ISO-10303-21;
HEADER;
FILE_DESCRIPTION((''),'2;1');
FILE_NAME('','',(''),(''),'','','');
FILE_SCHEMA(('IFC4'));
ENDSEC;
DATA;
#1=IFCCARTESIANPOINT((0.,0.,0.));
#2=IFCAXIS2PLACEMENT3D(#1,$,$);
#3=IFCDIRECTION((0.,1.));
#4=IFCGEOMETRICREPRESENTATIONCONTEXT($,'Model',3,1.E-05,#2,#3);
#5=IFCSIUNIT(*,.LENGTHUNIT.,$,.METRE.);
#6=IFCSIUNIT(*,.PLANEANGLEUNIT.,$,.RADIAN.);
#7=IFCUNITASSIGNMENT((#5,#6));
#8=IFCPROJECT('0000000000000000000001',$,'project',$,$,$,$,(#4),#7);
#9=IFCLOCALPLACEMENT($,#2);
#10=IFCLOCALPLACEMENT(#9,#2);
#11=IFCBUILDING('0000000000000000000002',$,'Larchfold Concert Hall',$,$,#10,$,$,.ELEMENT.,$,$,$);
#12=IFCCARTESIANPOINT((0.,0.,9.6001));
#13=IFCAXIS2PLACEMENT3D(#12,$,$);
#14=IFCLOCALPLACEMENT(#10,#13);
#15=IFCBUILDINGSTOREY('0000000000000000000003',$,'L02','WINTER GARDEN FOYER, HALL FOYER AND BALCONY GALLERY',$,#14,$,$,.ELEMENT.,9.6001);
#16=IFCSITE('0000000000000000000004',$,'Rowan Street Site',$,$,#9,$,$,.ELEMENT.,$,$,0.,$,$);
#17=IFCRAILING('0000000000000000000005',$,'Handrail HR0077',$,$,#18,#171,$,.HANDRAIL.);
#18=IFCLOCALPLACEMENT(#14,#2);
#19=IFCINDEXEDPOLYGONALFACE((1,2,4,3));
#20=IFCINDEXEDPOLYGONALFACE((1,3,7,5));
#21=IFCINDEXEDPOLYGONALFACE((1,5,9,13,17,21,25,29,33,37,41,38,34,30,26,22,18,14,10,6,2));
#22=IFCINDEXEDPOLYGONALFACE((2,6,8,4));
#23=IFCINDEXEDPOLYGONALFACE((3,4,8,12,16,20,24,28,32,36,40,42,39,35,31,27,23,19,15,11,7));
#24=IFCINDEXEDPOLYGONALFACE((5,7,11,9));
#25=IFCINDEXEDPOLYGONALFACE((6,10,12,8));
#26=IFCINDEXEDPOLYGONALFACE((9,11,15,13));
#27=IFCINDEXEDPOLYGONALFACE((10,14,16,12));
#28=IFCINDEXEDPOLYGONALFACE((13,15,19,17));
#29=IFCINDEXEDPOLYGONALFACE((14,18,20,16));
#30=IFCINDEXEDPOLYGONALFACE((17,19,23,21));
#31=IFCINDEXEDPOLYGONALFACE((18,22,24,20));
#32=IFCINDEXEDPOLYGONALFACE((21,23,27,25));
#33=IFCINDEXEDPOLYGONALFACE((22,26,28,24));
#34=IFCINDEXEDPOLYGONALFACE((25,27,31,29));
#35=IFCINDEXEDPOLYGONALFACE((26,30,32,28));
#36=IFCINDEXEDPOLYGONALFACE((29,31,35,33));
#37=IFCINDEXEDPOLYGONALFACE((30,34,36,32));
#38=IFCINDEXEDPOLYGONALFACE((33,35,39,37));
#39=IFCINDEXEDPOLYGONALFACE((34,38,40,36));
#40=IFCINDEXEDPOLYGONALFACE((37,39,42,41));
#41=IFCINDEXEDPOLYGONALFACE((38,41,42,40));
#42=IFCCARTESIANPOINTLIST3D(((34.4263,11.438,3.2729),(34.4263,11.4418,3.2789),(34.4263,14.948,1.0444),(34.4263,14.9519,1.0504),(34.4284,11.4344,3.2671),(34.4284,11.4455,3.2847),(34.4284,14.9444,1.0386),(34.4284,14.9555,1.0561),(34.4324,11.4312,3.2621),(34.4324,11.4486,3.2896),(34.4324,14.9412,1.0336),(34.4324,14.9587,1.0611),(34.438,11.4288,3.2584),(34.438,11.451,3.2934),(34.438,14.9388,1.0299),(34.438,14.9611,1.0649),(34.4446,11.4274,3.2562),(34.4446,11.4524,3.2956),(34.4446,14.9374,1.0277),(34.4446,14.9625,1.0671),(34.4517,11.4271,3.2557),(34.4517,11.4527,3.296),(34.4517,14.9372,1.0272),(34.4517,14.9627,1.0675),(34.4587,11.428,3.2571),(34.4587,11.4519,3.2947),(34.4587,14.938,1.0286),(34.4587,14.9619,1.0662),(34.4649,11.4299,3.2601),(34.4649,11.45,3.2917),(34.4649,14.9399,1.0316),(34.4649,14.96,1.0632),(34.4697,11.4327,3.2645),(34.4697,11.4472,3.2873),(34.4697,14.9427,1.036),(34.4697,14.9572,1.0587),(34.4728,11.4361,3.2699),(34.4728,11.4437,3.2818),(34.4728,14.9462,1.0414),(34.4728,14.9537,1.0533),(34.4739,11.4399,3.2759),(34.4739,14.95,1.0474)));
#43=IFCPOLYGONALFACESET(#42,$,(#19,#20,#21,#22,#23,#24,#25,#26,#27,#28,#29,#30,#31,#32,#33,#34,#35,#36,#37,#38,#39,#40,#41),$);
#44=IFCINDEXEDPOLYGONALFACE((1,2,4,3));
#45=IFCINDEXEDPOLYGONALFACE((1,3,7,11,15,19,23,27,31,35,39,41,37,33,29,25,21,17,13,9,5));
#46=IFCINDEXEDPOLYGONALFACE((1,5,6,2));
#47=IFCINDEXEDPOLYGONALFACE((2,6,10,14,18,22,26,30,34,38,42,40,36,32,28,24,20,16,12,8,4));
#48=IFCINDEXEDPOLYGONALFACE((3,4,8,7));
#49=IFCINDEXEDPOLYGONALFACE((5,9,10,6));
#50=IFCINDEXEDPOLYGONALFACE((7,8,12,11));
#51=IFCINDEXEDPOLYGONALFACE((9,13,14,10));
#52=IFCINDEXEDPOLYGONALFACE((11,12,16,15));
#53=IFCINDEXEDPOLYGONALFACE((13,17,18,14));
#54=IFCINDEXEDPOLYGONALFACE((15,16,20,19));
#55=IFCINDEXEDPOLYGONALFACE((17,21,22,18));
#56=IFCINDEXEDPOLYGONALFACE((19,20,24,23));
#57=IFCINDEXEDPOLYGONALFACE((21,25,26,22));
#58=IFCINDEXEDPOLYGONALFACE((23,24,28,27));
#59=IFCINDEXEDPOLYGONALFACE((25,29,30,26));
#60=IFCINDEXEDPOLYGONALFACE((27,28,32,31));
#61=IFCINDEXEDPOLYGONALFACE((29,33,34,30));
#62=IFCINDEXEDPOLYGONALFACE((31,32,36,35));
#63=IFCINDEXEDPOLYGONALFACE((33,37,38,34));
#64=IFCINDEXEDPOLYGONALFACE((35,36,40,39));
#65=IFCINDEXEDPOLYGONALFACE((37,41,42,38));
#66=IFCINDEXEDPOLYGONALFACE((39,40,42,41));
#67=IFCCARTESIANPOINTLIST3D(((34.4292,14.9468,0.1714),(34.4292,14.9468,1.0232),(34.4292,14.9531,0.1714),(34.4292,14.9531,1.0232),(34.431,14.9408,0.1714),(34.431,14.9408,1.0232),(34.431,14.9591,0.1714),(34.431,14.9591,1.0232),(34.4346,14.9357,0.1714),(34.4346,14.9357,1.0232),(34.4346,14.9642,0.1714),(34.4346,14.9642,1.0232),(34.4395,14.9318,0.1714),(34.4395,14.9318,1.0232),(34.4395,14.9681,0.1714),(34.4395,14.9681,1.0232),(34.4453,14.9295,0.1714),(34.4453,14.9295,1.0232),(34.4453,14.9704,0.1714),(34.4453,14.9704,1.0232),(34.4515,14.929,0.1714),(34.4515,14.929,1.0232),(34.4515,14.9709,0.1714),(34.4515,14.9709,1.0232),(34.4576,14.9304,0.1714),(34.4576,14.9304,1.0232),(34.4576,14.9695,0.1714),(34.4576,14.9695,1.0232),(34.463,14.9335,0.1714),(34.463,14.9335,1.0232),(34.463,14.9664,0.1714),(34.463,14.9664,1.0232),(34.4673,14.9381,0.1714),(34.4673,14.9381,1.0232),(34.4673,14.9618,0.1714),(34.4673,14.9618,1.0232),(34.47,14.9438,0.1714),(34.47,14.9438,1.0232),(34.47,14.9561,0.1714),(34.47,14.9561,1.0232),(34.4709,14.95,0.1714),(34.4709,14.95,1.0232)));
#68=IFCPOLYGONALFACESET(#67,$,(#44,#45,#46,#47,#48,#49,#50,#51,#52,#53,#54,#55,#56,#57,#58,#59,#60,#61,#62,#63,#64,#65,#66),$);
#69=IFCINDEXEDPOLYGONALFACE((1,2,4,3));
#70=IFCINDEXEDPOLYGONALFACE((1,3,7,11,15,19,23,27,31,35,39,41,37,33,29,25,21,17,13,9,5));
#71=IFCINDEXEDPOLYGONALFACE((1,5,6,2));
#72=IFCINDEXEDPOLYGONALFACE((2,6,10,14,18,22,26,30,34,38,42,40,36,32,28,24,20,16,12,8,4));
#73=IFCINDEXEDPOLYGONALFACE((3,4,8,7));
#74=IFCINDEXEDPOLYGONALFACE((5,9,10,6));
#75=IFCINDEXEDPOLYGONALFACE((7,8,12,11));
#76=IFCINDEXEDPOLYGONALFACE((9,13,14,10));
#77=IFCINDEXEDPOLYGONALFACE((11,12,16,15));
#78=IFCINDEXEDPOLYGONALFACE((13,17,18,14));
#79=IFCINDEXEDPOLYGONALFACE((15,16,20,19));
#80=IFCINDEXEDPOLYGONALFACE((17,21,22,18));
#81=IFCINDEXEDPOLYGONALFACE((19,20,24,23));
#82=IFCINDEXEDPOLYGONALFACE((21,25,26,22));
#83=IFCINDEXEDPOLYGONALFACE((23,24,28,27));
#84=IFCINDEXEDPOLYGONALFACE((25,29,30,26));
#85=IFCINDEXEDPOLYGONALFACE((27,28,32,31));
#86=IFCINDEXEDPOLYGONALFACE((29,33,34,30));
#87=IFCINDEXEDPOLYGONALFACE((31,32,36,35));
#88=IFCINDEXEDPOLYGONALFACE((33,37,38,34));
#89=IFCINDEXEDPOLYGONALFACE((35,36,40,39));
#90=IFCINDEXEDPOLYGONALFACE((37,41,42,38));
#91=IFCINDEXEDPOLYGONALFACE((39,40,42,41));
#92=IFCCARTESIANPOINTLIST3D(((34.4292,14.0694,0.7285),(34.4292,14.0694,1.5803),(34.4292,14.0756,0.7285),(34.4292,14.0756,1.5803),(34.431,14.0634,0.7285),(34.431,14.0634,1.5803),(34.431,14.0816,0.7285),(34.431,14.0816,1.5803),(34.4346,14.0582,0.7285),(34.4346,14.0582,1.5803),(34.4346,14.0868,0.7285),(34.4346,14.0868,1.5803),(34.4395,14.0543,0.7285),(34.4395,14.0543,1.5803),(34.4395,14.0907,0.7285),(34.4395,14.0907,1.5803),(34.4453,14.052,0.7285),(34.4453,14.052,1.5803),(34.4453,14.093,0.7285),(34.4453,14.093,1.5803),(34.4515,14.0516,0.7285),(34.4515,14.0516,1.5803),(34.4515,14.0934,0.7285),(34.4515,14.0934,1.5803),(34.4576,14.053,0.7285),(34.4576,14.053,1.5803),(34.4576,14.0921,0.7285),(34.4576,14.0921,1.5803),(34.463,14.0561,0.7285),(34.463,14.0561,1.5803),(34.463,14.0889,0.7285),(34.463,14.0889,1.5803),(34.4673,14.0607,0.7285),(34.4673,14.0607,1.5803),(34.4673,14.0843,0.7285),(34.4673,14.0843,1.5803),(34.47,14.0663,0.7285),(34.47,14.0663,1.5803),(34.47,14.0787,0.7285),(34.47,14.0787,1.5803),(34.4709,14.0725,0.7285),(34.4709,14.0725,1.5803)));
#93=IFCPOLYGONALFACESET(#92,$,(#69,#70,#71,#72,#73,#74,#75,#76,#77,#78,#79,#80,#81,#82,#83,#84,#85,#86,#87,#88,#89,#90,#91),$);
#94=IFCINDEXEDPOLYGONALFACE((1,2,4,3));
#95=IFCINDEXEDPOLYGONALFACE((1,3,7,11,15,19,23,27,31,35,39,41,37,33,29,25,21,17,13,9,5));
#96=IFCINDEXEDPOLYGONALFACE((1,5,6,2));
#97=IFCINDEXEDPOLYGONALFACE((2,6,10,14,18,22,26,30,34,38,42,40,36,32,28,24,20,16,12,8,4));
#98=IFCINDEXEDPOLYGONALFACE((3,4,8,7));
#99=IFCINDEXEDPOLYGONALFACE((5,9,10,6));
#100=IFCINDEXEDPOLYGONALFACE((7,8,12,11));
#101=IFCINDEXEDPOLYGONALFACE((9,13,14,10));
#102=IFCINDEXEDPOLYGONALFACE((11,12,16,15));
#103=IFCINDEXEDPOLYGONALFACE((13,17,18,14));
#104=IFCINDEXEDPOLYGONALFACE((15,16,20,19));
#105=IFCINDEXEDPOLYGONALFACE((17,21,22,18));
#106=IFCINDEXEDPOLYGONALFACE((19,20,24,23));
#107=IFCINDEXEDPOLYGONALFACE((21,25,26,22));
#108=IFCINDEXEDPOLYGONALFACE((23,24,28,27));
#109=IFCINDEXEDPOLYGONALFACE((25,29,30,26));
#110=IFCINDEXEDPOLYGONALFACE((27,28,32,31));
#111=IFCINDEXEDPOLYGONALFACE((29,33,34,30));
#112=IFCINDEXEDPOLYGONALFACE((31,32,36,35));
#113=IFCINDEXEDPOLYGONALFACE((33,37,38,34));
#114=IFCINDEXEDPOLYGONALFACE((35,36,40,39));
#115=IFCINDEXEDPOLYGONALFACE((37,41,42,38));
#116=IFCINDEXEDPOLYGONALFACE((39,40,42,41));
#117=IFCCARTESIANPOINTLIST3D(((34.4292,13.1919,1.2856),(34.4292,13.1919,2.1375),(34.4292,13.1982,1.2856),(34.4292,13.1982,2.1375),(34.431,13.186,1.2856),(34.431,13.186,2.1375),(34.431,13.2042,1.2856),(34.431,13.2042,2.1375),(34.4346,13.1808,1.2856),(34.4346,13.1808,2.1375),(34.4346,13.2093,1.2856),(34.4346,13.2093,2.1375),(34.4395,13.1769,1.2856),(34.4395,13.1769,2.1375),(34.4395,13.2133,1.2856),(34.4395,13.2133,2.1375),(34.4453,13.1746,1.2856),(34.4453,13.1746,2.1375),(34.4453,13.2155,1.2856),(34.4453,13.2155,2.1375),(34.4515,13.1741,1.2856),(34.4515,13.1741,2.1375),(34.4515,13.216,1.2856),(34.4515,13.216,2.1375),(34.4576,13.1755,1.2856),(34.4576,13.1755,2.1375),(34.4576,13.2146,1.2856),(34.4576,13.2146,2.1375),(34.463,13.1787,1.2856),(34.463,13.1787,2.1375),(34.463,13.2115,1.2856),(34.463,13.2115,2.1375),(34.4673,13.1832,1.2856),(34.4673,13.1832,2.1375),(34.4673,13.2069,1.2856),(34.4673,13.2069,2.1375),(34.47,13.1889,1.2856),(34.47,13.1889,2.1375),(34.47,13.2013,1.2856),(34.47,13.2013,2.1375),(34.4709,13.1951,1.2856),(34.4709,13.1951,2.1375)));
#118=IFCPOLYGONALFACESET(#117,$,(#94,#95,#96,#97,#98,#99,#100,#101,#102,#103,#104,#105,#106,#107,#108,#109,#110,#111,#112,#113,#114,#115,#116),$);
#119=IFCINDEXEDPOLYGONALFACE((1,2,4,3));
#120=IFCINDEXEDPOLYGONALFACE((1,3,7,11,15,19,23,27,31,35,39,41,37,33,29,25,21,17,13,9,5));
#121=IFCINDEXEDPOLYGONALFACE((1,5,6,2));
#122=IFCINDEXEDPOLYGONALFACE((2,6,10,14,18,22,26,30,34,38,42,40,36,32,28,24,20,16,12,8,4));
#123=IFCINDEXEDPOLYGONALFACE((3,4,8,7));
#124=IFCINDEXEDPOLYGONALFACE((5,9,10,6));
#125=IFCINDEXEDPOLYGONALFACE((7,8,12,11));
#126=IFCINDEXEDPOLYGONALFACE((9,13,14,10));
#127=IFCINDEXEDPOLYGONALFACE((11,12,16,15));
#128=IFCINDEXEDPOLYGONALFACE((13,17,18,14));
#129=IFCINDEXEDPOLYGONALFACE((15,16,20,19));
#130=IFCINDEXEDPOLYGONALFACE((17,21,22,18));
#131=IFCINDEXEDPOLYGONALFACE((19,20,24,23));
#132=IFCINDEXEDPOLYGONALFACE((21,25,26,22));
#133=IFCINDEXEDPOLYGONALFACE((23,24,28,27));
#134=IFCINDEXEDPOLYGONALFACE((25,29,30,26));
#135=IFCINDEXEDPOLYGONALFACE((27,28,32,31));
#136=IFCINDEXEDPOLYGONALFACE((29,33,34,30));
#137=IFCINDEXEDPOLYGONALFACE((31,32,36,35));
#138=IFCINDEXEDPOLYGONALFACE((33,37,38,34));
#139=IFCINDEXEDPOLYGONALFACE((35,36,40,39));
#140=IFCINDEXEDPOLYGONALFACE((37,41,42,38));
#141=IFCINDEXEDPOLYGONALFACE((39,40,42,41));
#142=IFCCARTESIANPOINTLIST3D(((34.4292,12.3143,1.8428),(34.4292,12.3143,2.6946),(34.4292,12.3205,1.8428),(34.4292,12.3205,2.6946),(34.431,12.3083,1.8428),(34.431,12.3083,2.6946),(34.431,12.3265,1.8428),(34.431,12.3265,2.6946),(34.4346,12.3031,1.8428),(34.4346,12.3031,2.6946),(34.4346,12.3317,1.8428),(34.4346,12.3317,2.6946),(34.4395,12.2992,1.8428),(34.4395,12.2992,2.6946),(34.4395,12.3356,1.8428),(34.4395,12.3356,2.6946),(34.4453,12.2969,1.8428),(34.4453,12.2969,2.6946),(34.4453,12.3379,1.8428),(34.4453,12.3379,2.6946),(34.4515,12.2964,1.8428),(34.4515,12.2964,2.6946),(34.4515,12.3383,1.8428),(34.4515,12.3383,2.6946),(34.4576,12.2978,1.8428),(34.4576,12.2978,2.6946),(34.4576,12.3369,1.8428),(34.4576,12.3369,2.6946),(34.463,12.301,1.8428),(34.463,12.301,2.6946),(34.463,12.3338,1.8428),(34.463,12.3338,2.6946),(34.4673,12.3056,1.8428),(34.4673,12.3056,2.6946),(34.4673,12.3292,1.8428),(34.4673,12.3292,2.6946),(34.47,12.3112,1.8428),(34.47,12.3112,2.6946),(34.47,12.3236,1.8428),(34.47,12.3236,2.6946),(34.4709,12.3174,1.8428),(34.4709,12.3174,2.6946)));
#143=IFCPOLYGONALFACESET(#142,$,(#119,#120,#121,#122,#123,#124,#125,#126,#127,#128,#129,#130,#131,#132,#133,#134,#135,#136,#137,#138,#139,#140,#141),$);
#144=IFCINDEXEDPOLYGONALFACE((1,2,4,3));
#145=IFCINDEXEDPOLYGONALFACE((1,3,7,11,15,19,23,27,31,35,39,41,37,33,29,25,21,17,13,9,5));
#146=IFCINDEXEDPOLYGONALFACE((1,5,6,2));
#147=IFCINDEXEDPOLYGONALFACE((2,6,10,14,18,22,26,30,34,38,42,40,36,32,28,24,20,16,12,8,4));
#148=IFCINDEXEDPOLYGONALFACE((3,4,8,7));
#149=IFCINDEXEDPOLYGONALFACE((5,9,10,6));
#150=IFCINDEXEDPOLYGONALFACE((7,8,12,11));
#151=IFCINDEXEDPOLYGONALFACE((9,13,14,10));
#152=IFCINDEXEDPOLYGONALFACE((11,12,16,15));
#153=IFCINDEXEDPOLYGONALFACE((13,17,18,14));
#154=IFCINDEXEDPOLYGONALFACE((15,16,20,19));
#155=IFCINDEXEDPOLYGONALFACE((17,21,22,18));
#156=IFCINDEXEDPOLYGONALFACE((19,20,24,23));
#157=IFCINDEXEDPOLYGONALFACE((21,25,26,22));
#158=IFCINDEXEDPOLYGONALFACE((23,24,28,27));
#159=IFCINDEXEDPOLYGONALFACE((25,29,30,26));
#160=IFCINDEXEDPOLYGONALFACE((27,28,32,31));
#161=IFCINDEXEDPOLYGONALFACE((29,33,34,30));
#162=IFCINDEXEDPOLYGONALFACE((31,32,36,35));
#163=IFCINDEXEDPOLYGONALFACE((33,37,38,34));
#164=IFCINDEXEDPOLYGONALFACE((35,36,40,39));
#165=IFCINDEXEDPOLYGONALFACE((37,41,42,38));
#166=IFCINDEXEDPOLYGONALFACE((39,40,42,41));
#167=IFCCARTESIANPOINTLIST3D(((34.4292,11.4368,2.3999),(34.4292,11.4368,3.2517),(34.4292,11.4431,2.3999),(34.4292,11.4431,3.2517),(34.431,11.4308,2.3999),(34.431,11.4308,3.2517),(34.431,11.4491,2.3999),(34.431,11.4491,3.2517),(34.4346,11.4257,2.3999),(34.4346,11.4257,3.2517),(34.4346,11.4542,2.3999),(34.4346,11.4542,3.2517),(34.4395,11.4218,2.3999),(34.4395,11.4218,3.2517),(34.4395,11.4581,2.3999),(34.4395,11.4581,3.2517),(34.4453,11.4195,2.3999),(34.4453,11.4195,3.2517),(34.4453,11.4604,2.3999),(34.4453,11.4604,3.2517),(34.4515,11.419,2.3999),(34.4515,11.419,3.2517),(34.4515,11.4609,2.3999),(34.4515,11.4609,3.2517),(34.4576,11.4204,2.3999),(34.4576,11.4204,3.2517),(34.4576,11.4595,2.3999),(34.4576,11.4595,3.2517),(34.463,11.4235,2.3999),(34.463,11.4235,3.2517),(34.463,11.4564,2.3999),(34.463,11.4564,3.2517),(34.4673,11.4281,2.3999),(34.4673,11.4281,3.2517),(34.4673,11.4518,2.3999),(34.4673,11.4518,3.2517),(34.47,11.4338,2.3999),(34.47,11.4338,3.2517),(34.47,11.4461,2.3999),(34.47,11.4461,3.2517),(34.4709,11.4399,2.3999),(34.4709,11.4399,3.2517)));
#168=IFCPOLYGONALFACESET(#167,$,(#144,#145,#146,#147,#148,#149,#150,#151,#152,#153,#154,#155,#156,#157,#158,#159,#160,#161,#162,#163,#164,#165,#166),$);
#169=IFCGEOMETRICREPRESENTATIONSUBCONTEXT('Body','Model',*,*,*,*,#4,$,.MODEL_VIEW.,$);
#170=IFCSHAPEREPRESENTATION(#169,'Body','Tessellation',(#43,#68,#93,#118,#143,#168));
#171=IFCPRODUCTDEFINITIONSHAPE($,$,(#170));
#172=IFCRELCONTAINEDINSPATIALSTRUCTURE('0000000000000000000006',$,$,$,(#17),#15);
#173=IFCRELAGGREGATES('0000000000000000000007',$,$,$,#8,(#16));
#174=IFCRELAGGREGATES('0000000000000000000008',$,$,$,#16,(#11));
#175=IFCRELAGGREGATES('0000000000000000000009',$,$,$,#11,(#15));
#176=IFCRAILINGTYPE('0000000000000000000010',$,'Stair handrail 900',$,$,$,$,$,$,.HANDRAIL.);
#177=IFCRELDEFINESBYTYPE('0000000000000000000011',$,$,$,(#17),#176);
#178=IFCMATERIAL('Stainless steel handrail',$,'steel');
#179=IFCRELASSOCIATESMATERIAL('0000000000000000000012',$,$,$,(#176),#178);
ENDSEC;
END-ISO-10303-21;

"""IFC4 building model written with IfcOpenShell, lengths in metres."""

from ifc_helpers import new_model, si_unit, direction, frame, origin, origin_2d, place, context, subcontext, project, spatial, circle, extrude, material, type_object, element, save


model = new_model("IFC4")

# Units and contexts
model_context = context("Model", 3, precision=1e-05, world=origin(), true_north=direction((0.0, 1.0)))
body_context = subcontext(model_context, "Body", "Model", "MODEL_VIEW")
ifc_project = project(units=[si_unit("LENGTHUNIT", "METRE"), si_unit("PLANEANGLEUNIT", "RADIAN")], contexts=[model_context])

# Site, building, storey
site_placement = place(None, origin())
site = spatial("IfcSite", under=ifc_project, at=site_placement, Name="Rowan Street Site", CompositionType="ELEMENT", RefElevation=0.0)
building_placement = place(site_placement, origin())
building = spatial("IfcBuilding", under=site, at=building_placement, Name="Larchfold Concert Hall", CompositionType="ELEMENT")
storey_placement = place(building_placement, frame((0.0, 0.0, 9.6001)))
storey = spatial("IfcBuildingStorey", under=building, at=storey_placement, Name="L02", Description="WINTER GARDEN FOYER, HALL FOYER AND BALCONY GALLERY", CompositionType="ELEMENT", Elevation=9.6001)

# Railing
ifc_material_1 = material(Name="Stainless steel handrail", Category="steel")
railing_type_1 = type_object("IfcRailingType", Name="Stair handrail 900", PredefinedType="HANDRAIL", material=ifc_material_1)
railing_1_placement = place(storey_placement, frame((34.45, 14.95, 0.1714)))
element("IfcRailing", 1, at=railing_1_placement, inside=storey, type_object=railing_type_1, Name="Handrail HR0077", PredefinedType="HANDRAIL", context=body_context, shape_type="SweptSolid", body=[
    extrude(circle(Radius=0.0239, at=origin_2d()), frame((0.0, 0.0, 0.876), z_axis=(0.0, -0.84422, 0.535998), x_axis=(1.0, 0.0, 0.0)), (0.0, 0.0, 1.0), 4.1577),
    extrude(circle(Radius=0.021, at=origin_2d()), origin(), (0.0, 0.0, 1.0), 0.8518),
    extrude(circle(Radius=0.021, at=origin_2d()), frame((0.0, -0.8774, 0.5571)), (0.0, 0.0, 1.0), 0.8518),
    extrude(circle(Radius=0.021, at=origin_2d()), frame((0.0, -1.7549, 1.1143)), (0.0, 0.0, 1.0), 0.8518),
    extrude(circle(Radius=0.021, at=origin_2d()), frame((0.0, -2.6326, 1.6714)), (0.0, 0.0, 1.0), 0.8518),
    extrude(circle(Radius=0.021, at=origin_2d()), frame((0.0, -3.51, 2.2285)), (0.0, 0.0, 1.0), 0.8518),
])

save(model, "model.ifc")
